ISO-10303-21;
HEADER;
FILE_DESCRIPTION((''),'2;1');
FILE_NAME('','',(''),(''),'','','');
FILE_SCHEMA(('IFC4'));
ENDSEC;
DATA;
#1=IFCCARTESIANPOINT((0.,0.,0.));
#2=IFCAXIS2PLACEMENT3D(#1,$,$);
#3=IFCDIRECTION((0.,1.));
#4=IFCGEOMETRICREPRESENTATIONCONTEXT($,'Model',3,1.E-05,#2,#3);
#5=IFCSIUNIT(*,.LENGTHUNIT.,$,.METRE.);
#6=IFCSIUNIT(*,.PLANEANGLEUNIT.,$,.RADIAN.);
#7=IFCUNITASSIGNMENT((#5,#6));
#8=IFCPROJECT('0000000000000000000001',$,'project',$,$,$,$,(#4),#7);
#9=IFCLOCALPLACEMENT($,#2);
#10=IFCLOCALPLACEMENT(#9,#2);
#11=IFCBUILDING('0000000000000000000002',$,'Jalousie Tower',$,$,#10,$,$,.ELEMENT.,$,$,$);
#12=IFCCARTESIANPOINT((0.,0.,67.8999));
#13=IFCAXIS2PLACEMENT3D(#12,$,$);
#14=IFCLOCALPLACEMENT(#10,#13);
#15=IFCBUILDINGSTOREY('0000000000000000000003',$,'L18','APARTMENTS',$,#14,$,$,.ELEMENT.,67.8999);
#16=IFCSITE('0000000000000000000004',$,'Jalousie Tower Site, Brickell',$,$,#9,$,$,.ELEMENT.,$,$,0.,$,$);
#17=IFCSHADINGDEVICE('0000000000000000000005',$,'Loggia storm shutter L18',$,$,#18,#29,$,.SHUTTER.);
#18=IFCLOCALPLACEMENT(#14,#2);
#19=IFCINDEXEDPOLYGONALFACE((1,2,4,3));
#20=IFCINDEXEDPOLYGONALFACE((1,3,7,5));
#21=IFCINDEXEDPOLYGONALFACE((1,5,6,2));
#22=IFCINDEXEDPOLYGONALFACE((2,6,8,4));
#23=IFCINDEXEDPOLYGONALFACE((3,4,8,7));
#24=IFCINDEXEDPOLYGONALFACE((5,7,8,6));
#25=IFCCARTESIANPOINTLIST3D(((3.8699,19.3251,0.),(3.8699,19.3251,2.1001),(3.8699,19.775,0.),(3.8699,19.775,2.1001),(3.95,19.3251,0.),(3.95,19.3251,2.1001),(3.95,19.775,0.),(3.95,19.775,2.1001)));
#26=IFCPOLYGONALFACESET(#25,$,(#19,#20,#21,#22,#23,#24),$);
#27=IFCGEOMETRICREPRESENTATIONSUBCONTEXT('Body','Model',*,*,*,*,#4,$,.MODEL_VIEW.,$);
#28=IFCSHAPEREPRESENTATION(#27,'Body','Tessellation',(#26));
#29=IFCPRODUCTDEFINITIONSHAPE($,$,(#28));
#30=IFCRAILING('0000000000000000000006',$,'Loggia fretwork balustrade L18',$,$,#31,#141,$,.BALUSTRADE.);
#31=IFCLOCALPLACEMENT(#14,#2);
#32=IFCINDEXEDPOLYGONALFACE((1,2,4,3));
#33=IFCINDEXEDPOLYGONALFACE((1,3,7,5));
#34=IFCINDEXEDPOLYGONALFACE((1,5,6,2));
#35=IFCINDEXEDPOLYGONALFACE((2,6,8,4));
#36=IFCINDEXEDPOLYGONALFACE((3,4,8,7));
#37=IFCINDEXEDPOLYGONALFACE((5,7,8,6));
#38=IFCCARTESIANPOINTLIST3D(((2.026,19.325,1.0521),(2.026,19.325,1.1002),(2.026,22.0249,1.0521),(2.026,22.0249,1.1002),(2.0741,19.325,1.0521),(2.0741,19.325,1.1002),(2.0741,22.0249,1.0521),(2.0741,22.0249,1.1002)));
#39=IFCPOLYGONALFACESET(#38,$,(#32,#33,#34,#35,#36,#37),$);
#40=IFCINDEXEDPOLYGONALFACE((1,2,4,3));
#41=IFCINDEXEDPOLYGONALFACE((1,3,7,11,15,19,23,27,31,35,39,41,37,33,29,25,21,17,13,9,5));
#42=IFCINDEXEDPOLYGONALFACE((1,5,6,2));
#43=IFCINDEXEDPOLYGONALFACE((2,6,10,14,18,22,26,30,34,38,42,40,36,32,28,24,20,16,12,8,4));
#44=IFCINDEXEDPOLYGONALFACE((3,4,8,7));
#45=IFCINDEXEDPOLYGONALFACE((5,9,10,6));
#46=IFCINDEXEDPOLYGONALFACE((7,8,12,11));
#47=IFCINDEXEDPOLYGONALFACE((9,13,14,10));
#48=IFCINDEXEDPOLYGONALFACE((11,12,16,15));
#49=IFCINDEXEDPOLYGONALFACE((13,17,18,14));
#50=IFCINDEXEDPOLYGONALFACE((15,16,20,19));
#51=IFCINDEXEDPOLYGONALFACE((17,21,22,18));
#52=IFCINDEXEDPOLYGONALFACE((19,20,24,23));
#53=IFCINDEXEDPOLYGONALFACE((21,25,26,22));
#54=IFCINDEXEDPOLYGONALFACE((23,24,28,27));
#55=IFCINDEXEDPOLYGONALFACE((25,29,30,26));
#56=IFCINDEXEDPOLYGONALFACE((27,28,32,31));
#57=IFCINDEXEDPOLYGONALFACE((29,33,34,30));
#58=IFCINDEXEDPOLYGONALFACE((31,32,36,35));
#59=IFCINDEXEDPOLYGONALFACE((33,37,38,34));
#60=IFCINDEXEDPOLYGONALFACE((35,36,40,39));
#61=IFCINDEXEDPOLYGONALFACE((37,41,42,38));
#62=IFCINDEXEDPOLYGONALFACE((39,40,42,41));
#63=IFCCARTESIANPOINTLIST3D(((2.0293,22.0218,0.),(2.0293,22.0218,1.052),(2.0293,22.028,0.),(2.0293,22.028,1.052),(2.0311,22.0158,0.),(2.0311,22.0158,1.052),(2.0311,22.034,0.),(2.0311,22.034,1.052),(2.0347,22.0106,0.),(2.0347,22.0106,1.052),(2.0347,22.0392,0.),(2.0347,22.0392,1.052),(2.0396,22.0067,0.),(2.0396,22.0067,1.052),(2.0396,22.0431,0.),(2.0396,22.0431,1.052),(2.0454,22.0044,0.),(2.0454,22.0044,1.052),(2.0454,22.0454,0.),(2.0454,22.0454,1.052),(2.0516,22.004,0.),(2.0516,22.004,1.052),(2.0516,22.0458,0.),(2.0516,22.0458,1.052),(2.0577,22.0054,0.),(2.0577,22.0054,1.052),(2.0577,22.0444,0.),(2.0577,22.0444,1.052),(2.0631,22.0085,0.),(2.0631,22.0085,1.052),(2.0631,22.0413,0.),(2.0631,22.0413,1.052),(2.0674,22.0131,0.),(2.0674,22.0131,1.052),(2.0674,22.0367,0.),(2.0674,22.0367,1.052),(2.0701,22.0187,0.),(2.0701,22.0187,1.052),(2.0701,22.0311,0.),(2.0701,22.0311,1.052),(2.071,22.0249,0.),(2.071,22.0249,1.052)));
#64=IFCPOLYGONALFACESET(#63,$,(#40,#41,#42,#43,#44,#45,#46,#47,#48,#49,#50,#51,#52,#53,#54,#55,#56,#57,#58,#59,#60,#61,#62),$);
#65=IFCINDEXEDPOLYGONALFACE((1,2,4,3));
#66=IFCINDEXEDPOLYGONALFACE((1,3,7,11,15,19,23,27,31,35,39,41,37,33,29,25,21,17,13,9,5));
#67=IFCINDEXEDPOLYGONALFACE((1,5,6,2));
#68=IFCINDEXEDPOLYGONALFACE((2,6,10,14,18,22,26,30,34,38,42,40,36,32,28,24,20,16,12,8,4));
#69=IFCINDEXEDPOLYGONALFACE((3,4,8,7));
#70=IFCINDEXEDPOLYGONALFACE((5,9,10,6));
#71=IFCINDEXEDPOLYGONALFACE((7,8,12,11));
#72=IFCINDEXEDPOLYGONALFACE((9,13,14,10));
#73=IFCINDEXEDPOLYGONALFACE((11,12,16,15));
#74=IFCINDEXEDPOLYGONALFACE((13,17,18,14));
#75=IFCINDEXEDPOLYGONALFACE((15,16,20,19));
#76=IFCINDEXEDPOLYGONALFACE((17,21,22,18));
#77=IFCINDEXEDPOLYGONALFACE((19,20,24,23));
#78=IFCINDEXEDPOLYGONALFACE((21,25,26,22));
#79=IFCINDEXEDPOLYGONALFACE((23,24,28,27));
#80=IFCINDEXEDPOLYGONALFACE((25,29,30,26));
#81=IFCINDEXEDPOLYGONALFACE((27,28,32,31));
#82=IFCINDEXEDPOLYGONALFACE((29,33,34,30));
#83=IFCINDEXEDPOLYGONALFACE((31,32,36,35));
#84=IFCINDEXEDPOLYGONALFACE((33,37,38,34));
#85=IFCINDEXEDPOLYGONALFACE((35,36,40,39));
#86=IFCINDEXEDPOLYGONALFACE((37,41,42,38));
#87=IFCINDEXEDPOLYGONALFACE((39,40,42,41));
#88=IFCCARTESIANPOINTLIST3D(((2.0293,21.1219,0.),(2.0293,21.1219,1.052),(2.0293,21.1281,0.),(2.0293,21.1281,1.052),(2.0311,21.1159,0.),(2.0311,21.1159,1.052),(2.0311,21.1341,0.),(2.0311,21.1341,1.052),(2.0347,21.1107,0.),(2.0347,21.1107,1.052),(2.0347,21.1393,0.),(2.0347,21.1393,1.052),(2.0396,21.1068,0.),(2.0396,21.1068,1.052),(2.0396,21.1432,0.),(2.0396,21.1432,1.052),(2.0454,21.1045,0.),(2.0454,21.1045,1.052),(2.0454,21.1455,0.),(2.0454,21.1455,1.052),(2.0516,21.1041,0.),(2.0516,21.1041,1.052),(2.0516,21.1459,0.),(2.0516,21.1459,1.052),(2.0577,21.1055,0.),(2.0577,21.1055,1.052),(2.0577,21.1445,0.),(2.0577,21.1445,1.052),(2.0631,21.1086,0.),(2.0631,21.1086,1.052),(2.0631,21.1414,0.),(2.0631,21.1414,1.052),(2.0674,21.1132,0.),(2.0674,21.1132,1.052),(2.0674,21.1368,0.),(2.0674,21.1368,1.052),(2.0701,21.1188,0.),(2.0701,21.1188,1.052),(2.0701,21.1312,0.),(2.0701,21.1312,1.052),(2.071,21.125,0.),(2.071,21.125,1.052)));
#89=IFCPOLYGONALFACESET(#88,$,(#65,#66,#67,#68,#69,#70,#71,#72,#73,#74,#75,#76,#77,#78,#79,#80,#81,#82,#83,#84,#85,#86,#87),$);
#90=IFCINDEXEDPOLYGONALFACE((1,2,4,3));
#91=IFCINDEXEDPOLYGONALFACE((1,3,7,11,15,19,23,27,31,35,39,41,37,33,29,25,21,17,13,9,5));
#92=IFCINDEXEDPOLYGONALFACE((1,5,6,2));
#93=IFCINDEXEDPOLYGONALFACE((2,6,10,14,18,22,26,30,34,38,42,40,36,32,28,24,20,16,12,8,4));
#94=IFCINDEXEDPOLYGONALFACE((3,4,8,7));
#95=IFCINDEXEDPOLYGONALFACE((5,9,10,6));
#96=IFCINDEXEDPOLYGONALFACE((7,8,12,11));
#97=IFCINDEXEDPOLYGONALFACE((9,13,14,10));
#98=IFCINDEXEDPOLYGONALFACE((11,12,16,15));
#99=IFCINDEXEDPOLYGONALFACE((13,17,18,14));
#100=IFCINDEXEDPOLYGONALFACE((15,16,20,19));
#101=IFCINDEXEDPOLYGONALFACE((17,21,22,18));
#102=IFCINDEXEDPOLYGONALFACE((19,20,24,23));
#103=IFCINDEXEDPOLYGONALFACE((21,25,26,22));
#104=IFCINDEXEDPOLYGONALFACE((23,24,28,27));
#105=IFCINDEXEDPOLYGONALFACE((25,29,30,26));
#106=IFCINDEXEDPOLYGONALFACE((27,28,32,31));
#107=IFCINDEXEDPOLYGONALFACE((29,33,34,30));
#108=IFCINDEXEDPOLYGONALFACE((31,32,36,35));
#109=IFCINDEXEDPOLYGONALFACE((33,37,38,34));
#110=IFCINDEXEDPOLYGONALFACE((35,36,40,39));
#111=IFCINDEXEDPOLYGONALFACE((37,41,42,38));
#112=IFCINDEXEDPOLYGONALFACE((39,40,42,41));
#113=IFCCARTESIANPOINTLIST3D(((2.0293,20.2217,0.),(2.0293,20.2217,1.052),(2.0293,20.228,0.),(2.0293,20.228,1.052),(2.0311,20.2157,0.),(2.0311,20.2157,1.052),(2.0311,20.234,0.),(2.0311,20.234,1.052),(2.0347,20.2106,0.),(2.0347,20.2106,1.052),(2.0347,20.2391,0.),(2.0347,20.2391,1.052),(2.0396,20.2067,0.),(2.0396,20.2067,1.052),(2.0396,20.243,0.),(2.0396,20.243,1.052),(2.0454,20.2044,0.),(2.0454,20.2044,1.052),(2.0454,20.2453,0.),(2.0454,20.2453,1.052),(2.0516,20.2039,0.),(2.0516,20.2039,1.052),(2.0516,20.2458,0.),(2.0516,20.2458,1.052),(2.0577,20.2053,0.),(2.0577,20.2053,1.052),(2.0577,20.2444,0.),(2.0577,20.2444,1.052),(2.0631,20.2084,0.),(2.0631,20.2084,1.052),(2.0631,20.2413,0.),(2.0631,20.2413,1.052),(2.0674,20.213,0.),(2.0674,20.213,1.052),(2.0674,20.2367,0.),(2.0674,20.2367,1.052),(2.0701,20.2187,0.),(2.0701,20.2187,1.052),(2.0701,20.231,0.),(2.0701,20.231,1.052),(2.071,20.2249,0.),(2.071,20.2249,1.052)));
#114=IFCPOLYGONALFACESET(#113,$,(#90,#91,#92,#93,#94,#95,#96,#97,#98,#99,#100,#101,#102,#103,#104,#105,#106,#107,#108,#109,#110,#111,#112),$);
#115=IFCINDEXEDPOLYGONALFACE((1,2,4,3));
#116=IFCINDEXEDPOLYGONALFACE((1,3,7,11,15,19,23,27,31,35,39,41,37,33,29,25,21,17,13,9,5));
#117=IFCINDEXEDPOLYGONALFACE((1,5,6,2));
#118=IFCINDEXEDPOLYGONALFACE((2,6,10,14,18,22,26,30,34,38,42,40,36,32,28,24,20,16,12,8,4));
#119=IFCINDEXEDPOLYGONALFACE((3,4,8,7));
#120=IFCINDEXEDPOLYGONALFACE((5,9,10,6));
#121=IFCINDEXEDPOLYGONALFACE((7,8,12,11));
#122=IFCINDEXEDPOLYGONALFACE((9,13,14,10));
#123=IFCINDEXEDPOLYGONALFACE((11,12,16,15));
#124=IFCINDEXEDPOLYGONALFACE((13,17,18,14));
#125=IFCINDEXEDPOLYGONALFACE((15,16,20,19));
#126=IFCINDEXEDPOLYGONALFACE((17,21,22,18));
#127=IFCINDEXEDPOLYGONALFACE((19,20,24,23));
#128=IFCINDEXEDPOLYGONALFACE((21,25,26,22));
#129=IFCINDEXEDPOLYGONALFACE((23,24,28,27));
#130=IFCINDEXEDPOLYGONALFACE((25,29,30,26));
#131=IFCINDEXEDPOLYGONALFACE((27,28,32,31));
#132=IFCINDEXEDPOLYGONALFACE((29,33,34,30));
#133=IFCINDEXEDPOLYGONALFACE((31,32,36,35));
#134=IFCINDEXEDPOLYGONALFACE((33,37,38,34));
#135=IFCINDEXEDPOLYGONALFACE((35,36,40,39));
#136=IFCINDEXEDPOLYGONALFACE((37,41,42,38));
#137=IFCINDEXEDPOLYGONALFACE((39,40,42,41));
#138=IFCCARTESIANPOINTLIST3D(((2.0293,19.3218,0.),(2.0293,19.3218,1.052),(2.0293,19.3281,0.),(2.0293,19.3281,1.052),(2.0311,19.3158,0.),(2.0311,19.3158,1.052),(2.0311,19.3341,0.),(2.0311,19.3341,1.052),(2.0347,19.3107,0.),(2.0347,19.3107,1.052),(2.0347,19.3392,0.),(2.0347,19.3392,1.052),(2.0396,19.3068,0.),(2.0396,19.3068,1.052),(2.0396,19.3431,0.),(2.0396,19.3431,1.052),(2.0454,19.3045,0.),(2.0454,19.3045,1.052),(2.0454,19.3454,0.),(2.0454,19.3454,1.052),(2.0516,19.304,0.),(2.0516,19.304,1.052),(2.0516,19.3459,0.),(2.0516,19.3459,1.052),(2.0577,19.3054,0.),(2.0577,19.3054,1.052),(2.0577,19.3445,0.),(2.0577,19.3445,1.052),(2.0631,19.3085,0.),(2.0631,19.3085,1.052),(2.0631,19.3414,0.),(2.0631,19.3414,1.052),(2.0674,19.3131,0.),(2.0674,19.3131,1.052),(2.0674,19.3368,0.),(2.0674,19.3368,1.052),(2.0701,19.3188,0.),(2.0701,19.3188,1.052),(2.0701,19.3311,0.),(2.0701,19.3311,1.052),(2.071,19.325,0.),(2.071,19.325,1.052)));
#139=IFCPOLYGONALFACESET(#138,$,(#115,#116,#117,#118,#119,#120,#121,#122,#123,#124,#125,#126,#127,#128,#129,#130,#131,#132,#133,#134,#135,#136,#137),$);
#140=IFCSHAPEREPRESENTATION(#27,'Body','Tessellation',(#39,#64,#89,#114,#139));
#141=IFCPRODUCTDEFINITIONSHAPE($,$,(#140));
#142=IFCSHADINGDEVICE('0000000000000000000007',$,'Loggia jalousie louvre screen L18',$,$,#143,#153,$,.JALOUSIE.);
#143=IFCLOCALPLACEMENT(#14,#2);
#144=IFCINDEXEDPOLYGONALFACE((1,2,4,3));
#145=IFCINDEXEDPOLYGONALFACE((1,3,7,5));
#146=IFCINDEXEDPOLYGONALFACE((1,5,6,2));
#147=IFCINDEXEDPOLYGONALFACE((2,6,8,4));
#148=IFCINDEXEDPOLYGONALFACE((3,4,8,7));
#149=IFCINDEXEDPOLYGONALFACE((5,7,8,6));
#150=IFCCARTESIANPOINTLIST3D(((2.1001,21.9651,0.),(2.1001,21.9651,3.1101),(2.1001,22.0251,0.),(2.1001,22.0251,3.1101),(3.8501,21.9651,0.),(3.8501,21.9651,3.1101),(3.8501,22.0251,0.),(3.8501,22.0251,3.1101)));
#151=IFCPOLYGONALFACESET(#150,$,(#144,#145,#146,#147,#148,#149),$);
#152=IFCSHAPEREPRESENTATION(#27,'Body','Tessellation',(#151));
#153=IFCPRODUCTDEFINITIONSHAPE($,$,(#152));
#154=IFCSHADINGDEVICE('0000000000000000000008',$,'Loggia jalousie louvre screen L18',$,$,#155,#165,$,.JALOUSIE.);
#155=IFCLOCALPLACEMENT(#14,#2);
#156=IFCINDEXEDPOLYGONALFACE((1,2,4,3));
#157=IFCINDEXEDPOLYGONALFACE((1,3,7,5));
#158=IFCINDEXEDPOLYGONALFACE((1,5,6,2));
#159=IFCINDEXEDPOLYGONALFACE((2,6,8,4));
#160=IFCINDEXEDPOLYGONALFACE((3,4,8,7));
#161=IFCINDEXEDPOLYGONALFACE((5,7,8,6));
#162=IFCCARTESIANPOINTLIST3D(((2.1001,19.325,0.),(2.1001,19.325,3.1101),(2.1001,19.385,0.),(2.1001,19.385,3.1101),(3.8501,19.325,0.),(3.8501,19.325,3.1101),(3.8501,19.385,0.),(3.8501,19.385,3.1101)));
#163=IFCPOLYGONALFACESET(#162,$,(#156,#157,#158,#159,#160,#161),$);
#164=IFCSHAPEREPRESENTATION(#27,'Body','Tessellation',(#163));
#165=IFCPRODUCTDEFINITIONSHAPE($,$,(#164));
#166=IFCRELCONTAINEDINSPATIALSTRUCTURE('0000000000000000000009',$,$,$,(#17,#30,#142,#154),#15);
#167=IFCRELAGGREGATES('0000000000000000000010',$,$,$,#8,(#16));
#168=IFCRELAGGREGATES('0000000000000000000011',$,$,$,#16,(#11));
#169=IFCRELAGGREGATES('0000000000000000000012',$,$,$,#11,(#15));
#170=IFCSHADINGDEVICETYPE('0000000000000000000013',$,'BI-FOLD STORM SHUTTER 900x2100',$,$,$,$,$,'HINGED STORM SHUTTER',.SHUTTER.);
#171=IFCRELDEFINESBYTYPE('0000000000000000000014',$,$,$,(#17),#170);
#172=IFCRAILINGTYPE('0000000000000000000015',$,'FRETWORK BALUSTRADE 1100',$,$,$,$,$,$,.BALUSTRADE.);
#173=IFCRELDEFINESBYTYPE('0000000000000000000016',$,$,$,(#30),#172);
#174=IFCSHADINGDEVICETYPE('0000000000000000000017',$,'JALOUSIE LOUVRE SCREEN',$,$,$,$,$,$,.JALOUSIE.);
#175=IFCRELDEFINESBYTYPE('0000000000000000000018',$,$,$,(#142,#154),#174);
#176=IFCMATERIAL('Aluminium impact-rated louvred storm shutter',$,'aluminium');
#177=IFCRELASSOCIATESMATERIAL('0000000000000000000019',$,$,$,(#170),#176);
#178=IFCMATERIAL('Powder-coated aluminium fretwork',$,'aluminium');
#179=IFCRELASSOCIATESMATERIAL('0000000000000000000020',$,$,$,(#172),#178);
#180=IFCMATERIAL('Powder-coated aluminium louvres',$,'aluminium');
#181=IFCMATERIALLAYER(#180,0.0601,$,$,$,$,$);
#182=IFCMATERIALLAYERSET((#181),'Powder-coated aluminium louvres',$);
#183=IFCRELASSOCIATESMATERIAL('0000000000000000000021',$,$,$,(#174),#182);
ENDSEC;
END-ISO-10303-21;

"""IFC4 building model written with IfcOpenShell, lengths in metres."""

from ifc_helpers import new_model, si_unit, direction, frame, origin, origin_2d, place, context, subcontext, project, spatial, rectangle, circle, extrude, material, layer, layer_set, type_object, element, save


model = new_model("IFC4")

# Units and contexts
model_context = context("Model", 3, precision=1e-05, world=origin(), true_north=direction((0.0, 1.0)))
body_context = subcontext(model_context, "Body", "Model", "MODEL_VIEW")
ifc_project = project(units=[si_unit("LENGTHUNIT", "METRE"), si_unit("PLANEANGLEUNIT", "RADIAN")], contexts=[model_context])

# Site, building, storey
site_placement = place(None, origin())
site = spatial("IfcSite", under=ifc_project, at=site_placement, Name="Jalousie Tower Site, Brickell", CompositionType="ELEMENT", RefElevation=0.0)
building_placement = place(site_placement, origin())
building = spatial("IfcBuilding", under=site, at=building_placement, Name="Jalousie Tower", CompositionType="ELEMENT")
storey_placement = place(building_placement, frame((0.0, 0.0, 67.8999)))
storey = spatial("IfcBuildingStorey", under=building, at=storey_placement, Name="L18", Description="APARTMENTS", CompositionType="ELEMENT", Elevation=67.8999)

# Shading device
ifc_material_1 = material(Name="Aluminium impact-rated louvred storm shutter", Category="aluminium")
shading_device_type_1 = type_object("IfcShadingDeviceType", Name="BI-FOLD STORM SHUTTER 900x2100", ElementType="HINGED STORM SHUTTER", PredefinedType="SHUTTER", material=ifc_material_1)
for number, where, z_axis, x_axis, name in (
    (1, (3.9099, 19.55, 0.0), (0.0, 0.0, 1.0), (0.0, -1.0, 0.0), "Loggia storm shutter L18"),
):
    element("IfcShadingDevice", number, at=place(storey_placement, frame(where, z_axis=z_axis, x_axis=x_axis)), inside=storey, type_object=shading_device_type_1, Name=name, PredefinedType="SHUTTER", context=body_context, shape_type="SweptSolid", body=[
        extrude(rectangle(XDim=0.45, YDim=0.0801, at=origin_2d()), origin(), (0.0, 0.0, 1.0), 2.1001),
    ])

# Railing
ifc_material_2 = material(Name="Powder-coated aluminium fretwork", Category="aluminium")
railing_type = type_object("IfcRailingType", Name="FRETWORK BALUSTRADE 1100", PredefinedType="BALUSTRADE", material=ifc_material_2)
railing_placement = place(storey_placement, frame((2.05, 22.0249, 0.0)))
element("IfcRailing", 2, at=railing_placement, inside=storey, type_object=railing_type, Name="Loggia fretwork balustrade L18", PredefinedType="BALUSTRADE", context=body_context, shape_type="SweptSolid", body=[
    extrude(rectangle(XDim=0.0481, YDim=0.0481, at=origin_2d()), frame((0.0, 0.0, 1.0762), z_axis=(0.0, -1.0, 0.0), x_axis=(1.0, 0.0, 0.0)), (0.0, 0.0, 1.0), 2.7),
    extrude(circle(Radius=0.021, at=origin_2d()), origin(), (0.0, 0.0, 1.0), 1.052),
    extrude(circle(Radius=0.021, at=origin_2d()), frame((0.0, -0.8999, 0.0)), (0.0, 0.0, 1.0), 1.052),
    extrude(circle(Radius=0.021, at=origin_2d()), frame((0.0, -1.8, 0.0)), (0.0, 0.0, 1.0), 1.052),
    extrude(circle(Radius=0.021, at=origin_2d()), frame((0.0, -2.7, 0.0)), (0.0, 0.0, 1.0), 1.052),
])

# Shading devices
ifc_material_3 = material(Name="Powder-coated aluminium louvres", Category="aluminium")
ifc_layer_1 = layer(ifc_material_3, 0.0601)
ifc_layer_set_1 = layer_set([ifc_layer_1], Name="Powder-coated aluminium louvres")
shading_device_type_2 = type_object("IfcShadingDeviceType", Name="JALOUSIE LOUVRE SCREEN", PredefinedType="JALOUSIE", material=ifc_layer_set_1)
for number, where, z_axis, x_axis, name in (
    (3, (2.9751, 21.9951, 0.0), (0.0, 0.0, 1.0), (0.0, -1.0, 0.0), "Loggia jalousie louvre screen L18"),
    (4, (2.9751, 19.355, 0.0), (0.0, 0.0, 1.0), (0.0, -1.0, 0.0), "Loggia jalousie louvre screen L18"),
):
    element("IfcShadingDevice", number, at=place(storey_placement, frame(where, z_axis=z_axis, x_axis=x_axis)), inside=storey, type_object=shading_device_type_2, Name=name, PredefinedType="JALOUSIE", context=body_context, shape_type="SweptSolid", body=[
        extrude(rectangle(XDim=0.0601, YDim=1.75, at=origin_2d()), origin(), (0.0, 0.0, 1.0), 3.1101),
    ])

save(model, "model.ifc")
